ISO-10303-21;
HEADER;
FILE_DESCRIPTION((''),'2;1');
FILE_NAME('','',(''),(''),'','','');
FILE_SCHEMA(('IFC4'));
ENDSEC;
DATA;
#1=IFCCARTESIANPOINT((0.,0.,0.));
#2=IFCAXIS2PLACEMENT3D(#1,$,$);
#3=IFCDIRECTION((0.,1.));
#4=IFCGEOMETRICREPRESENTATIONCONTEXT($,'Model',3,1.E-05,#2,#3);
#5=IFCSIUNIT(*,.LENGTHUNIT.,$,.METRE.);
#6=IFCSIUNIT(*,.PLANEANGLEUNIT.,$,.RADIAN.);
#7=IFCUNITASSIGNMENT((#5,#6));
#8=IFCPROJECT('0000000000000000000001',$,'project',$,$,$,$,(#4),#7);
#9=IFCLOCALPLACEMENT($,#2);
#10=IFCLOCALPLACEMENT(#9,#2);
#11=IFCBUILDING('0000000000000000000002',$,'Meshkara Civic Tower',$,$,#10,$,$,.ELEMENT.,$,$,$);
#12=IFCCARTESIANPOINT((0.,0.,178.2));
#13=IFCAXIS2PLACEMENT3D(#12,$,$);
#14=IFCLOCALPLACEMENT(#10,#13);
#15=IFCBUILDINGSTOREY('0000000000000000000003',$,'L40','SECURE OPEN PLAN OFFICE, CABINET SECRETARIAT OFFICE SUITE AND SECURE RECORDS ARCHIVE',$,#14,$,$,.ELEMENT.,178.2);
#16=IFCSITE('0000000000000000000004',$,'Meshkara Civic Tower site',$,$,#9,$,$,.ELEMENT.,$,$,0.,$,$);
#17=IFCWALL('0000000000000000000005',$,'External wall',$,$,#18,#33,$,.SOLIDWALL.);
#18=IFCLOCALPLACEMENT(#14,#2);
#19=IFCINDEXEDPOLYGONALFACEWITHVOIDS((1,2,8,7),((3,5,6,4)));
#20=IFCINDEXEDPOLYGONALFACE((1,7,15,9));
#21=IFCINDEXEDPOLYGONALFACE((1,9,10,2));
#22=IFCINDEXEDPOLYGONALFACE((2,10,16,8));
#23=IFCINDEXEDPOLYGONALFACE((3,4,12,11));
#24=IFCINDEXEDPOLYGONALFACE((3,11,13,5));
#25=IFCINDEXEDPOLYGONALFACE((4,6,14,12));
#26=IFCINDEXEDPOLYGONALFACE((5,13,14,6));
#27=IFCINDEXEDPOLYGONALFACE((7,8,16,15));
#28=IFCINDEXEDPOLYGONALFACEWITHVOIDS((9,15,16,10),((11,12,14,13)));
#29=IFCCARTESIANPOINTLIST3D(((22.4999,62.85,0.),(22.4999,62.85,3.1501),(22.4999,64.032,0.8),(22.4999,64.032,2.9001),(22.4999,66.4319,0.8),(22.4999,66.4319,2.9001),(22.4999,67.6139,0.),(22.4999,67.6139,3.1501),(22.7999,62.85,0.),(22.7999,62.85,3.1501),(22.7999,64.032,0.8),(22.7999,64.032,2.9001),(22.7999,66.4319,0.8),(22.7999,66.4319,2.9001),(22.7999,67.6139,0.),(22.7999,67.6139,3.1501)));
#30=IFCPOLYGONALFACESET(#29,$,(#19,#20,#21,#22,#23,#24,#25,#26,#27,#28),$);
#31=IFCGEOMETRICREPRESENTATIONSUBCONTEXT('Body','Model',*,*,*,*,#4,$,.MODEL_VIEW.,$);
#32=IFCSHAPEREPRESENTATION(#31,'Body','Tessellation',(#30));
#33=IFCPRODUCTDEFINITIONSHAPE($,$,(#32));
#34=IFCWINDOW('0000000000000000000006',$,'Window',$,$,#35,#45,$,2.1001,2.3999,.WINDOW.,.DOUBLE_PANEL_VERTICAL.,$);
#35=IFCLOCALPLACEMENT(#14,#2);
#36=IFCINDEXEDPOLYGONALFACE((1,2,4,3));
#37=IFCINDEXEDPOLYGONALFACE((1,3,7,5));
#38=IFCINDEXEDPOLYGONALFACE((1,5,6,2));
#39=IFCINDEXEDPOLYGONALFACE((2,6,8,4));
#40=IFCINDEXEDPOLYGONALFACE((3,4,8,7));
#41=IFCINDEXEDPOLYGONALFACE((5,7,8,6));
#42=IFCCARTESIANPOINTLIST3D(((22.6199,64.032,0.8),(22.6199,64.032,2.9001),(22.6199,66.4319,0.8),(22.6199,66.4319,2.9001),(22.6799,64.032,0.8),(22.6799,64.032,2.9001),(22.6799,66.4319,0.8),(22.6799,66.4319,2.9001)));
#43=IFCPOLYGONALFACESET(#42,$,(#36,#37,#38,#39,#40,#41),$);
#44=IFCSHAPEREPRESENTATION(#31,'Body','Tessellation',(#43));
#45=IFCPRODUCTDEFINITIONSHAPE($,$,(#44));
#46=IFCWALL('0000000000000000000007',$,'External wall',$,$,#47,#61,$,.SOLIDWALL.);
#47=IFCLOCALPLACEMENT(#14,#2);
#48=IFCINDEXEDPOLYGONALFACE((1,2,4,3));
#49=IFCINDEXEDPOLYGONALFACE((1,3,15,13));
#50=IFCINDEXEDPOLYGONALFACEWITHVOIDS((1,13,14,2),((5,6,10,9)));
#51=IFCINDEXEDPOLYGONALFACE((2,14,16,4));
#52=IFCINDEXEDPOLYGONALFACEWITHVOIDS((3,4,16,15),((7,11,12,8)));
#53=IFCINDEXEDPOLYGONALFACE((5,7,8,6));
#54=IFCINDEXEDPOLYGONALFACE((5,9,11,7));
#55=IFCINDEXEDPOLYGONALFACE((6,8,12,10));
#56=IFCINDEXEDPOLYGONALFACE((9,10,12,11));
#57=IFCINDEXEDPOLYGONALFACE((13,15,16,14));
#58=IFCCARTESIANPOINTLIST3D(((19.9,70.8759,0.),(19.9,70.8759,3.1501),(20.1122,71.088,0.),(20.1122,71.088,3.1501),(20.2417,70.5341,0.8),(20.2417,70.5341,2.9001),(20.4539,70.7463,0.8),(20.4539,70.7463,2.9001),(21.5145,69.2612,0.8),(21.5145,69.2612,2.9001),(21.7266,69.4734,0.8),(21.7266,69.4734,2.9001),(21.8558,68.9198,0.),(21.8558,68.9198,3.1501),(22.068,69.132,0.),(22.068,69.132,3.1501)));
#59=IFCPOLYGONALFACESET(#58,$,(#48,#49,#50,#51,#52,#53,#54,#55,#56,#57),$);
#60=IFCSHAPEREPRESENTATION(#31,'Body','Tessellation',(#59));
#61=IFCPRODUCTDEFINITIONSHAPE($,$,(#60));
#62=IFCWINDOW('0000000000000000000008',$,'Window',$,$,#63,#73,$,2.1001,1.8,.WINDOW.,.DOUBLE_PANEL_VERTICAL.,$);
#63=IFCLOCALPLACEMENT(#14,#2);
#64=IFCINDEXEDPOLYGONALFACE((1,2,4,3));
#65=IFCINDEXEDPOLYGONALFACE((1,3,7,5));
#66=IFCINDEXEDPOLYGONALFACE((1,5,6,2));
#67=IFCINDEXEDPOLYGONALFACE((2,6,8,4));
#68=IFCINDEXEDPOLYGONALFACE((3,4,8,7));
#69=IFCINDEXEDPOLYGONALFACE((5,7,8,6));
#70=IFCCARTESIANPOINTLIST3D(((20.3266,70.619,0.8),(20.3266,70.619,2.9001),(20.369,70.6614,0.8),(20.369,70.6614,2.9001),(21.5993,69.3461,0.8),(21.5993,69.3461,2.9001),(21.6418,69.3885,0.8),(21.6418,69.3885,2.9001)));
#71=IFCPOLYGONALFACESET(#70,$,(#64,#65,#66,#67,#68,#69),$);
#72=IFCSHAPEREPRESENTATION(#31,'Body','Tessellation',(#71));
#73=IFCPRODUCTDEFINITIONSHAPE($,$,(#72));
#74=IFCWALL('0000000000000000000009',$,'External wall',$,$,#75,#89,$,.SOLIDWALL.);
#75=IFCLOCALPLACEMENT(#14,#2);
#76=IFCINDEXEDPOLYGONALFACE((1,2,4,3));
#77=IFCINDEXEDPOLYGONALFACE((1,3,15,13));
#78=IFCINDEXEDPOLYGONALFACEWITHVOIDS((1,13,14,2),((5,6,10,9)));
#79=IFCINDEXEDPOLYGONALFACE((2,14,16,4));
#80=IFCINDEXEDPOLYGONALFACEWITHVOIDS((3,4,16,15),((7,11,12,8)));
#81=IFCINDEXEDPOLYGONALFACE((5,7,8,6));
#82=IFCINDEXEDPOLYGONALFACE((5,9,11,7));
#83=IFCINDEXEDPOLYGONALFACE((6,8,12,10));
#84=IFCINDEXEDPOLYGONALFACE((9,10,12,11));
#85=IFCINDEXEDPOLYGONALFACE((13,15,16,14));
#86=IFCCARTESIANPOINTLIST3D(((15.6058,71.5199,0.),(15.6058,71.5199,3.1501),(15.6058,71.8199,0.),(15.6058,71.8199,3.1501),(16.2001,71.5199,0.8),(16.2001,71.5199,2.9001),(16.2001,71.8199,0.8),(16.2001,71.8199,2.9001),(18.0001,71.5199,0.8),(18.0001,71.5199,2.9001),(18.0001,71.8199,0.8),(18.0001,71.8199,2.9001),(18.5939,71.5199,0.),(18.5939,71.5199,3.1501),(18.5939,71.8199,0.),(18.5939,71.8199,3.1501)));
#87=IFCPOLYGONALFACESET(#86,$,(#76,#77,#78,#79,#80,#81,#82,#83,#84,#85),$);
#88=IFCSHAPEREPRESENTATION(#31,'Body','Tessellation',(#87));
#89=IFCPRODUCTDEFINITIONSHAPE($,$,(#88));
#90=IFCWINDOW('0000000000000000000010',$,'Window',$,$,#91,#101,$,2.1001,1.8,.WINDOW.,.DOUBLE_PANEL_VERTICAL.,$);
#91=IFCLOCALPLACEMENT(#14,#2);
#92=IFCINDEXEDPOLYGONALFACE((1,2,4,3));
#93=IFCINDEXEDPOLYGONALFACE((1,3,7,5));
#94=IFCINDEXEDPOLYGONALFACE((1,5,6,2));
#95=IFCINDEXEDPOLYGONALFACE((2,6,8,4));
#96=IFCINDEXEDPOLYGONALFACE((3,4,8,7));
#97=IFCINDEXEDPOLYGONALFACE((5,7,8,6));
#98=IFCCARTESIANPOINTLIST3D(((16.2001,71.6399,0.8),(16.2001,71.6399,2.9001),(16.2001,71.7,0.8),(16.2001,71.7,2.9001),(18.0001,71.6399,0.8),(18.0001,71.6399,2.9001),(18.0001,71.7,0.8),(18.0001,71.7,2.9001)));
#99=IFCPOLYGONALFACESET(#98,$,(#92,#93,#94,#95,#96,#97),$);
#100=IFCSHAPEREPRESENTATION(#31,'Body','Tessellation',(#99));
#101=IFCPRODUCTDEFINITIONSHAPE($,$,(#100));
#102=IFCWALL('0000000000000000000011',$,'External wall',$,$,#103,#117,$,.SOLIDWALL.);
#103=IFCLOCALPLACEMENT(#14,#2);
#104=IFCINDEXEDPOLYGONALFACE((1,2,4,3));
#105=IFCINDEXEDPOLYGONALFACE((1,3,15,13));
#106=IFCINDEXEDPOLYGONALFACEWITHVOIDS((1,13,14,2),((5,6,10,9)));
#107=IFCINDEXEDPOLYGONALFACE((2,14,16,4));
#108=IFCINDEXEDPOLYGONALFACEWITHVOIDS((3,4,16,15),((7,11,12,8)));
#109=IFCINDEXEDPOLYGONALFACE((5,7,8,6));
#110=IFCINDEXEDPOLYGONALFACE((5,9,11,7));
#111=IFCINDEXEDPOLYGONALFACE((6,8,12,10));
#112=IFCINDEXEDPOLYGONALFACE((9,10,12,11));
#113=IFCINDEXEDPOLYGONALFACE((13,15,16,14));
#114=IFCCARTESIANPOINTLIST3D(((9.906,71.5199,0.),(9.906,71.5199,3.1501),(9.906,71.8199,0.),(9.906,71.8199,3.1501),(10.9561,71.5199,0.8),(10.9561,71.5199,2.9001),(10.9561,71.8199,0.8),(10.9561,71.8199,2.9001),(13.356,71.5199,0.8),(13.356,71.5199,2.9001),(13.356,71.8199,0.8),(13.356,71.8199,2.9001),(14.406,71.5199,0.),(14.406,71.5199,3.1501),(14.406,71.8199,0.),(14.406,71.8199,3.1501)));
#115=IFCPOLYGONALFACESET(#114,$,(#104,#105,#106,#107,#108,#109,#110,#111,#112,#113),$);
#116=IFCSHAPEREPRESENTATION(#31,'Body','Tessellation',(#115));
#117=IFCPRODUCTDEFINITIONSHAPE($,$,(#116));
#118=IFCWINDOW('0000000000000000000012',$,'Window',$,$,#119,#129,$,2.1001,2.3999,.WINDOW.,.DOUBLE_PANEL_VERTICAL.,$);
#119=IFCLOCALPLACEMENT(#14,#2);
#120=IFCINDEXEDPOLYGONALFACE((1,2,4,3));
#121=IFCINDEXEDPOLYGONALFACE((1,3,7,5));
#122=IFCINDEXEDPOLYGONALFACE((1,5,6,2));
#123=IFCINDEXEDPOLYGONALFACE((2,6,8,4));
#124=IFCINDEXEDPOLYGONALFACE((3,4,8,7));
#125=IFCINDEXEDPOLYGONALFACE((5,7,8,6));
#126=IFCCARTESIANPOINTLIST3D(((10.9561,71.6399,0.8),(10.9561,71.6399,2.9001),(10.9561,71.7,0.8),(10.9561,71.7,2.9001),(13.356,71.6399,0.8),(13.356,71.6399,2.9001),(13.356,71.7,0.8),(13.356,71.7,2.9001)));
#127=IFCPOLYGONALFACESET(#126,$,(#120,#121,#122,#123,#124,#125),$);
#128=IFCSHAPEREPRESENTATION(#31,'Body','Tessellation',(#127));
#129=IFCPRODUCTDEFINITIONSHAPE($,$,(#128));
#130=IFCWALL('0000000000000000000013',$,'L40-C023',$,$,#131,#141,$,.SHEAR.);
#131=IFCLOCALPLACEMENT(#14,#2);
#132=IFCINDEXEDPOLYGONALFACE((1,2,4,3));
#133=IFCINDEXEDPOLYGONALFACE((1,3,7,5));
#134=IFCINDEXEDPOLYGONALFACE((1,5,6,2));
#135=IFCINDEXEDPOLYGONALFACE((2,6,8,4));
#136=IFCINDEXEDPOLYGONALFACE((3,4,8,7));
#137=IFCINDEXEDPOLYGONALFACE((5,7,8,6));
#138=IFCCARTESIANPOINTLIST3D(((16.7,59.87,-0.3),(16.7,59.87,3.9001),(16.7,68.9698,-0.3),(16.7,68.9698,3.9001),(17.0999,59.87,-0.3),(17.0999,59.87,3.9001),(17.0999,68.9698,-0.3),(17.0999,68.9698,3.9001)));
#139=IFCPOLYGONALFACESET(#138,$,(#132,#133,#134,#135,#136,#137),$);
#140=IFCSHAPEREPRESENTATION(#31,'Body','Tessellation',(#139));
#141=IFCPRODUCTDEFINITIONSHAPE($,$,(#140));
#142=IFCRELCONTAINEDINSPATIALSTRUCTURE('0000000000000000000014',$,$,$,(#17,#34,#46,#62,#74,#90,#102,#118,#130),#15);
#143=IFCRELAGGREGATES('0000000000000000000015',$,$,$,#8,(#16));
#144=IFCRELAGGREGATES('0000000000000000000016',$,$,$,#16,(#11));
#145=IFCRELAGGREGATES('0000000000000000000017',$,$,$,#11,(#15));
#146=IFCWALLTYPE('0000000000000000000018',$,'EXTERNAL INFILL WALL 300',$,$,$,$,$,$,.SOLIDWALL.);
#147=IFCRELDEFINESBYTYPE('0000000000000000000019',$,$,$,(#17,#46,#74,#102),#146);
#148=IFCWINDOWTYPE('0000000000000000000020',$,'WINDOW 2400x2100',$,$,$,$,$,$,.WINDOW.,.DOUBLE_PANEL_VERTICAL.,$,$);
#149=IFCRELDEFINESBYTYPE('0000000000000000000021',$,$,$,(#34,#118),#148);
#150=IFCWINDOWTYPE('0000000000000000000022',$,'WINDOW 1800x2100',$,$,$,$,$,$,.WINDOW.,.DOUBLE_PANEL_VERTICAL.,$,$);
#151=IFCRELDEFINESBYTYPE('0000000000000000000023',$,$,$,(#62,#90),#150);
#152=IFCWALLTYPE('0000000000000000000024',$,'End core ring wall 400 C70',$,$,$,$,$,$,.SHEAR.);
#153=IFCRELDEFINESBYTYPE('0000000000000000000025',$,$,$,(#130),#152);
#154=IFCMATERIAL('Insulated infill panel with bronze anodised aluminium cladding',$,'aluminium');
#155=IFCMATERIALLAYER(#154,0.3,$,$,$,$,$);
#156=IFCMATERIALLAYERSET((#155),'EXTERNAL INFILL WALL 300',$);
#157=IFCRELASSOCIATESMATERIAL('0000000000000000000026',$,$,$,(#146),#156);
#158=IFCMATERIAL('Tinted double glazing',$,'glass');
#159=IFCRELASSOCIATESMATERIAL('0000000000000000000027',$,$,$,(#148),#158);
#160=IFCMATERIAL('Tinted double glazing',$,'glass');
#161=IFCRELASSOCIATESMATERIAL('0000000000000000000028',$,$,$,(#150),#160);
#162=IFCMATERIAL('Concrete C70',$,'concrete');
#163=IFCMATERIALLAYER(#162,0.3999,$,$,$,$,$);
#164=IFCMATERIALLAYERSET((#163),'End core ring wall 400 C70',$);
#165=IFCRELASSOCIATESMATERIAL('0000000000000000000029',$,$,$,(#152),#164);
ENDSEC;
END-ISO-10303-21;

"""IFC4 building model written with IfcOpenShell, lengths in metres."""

from ifc_helpers import new_model, si_unit, direction, frame, frame_2d, origin, place, context, subcontext, project, spatial, rectangle, extrude, material, layer, layer_set, type_object, element, fill, save


model = new_model("IFC4")

# Units and contexts
model_context = context("Model", 3, precision=1e-05, world=origin(), true_north=direction((0.0, 1.0)))
body_context = subcontext(model_context, "Body", "Model", "MODEL_VIEW")
ifc_project = project(units=[si_unit("LENGTHUNIT", "METRE"), si_unit("PLANEANGLEUNIT", "RADIAN")], contexts=[model_context])

# Site, building, storey
site_placement = place(None, origin())
site = spatial("IfcSite", under=ifc_project, at=site_placement, Name="Meshkara Civic Tower site", CompositionType="ELEMENT", RefElevation=0.0)
building_placement = place(site_placement, origin())
building = spatial("IfcBuilding", under=site, at=building_placement, Name="Meshkara Civic Tower", CompositionType="ELEMENT")
storey_placement = place(building_placement, frame((0.0, 0.0, 178.2)))
storey = spatial("IfcBuildingStorey", under=building, at=storey_placement, Name="L40", Description="SECURE OPEN PLAN OFFICE, CABINET SECRETARIAT OFFICE SUITE AND SECURE RECORDS ARCHIVE", CompositionType="ELEMENT", Elevation=178.2)

# Walls, openings, windows
ifc_material_1 = material(Name="Insulated infill panel with bronze anodised aluminium cladding", Category="aluminium")
ifc_layer_1 = layer(ifc_material_1, 0.3)
ifc_layer_set_1 = layer_set([ifc_layer_1], Name="EXTERNAL INFILL WALL 300")
wall_type_1 = type_object("IfcWallType", Name="EXTERNAL INFILL WALL 300", PredefinedType="SOLIDWALL", material=ifc_layer_set_1)
wall_1_placement = place(storey_placement, frame((22.6499, 62.8501, 0.0), z_axis=(0.0, 0.0, 1.0), x_axis=(0.0, 1.0, 0.0)))
wall_1 = element("IfcWall", 1, at=wall_1_placement, inside=storey, type_object=wall_type_1, Name="External wall", PredefinedType="SOLIDWALL", context=body_context, shape_type="SweptSolid", body=[
    extrude(rectangle(XDim=4.7639, YDim=0.3, at=frame_2d((2.3818, 0.0))), origin(), (0.0, 0.0, 1.0), 3.1501),
])
opening_1_placement = place(wall_1_placement, frame((1.1819, 0.0, 0.8)))
opening_1 = element("IfcOpeningElement", 2, at=opening_1_placement, cuts=wall_1, PredefinedType="OPENING", context=body_context, shape_type="SweptSolid", body=[
    extrude(rectangle(XDim=2.3999, YDim=2.1001, at=frame_2d((1.2, 1.05))), frame((0.0, 0.1599, 0.0), z_axis=(0.0, -1.0, 0.0), x_axis=(1.0, 0.0, 0.0)), (0.0, 0.0, 1.0), 0.3201),
])
ifc_material_2 = material(Name="Tinted double glazing", Category="glass")
window_type_1 = type_object("IfcWindowType", Name="WINDOW 2400x2100", PartitioningType="DOUBLE_PANEL_VERTICAL", PredefinedType="WINDOW", material=ifc_material_2)
window_1_placement = place(opening_1_placement, origin())
window_1 = element("IfcWindow", 3, at=window_1_placement, inside=storey, type_object=window_type_1, Name="Window", OverallHeight=2.1001, OverallWidth=2.3999, PartitioningType="DOUBLE_PANEL_VERTICAL", PredefinedType="WINDOW", context=body_context, shape_type="SweptSolid", body=[
    extrude(rectangle(XDim=2.3999, YDim=2.1001, at=frame_2d((1.2, 1.05))), frame((0.0, 0.03, 0.0), z_axis=(0.0, -1.0, 0.0), x_axis=(1.0, 0.0, 0.0)), (0.0, 0.0, 1.0), 0.0601),
])
fill(opening_1, window_1)
wall_2_placement = place(storey_placement, frame((21.9619, 69.0259, 0.0), z_axis=(0.0, 0.0, 1.0), x_axis=(-0.707063, 0.707151, 0.0)))
wall_2 = element("IfcWall", 4, at=wall_2_placement, inside=storey, type_object=wall_type_1, Name="External wall", PredefinedType="SOLIDWALL", context=body_context, shape_type="SweptSolid", body=[
    extrude(rectangle(XDim=2.7661, YDim=0.3, at=frame_2d((1.3831, 0.0))), origin(), (0.0, 0.0, 1.0), 3.1501),
])
opening_2_placement = place(wall_2_placement, frame((0.4829, 0.0, 0.8)))
opening_2 = element("IfcOpeningElement", 5, at=opening_2_placement, cuts=wall_2, PredefinedType="OPENING", context=body_context, shape_type="SweptSolid", body=[
    extrude(rectangle(XDim=1.8, YDim=2.1001, at=frame_2d((0.8999, 1.05))), frame((0.0, 0.1599, 0.0), z_axis=(0.0, -1.0, 0.0), x_axis=(1.0, 0.0, 0.0)), (0.0, 0.0, 1.0), 0.3201),
])
ifc_material_3 = material(Name="Tinted double glazing", Category="glass")
window_type_2 = type_object("IfcWindowType", Name="WINDOW 1800x2100", PartitioningType="DOUBLE_PANEL_VERTICAL", PredefinedType="WINDOW", material=ifc_material_3)
window_2_placement = place(opening_2_placement, origin())
window_2 = element("IfcWindow", 6, at=window_2_placement, inside=storey, type_object=window_type_2, Name="Window", OverallHeight=2.1001, OverallWidth=1.8, PartitioningType="DOUBLE_PANEL_VERTICAL", PredefinedType="WINDOW", context=body_context, shape_type="SweptSolid", body=[
    extrude(rectangle(XDim=1.8, YDim=2.1001, at=frame_2d((0.8999, 1.05))), frame((0.0, 0.03, 0.0), z_axis=(0.0, -1.0, 0.0), x_axis=(1.0, 0.0, 0.0)), (0.0, 0.0, 1.0), 0.0601),
])
fill(opening_2, window_2)
wall_3_placement = place(storey_placement, frame((18.594, 71.6699, 0.0), z_axis=(0.0, 0.0, 1.0), x_axis=(-1.0, 0.0, 0.0)))
wall_3 = element("IfcWall", 7, at=wall_3_placement, inside=storey, type_object=wall_type_1, Name="External wall", PredefinedType="SOLIDWALL", context=body_context, shape_type="SweptSolid", body=[
    extrude(rectangle(XDim=2.988, YDim=0.3, at=frame_2d((1.4941, 0.0))), origin(), (0.0, 0.0, 1.0), 3.1501),
])
opening_3_placement = place(wall_3_placement, frame((0.594, 0.0, 0.8)))
opening_3 = element("IfcOpeningElement", 8, at=opening_3_placement, cuts=wall_3, PredefinedType="OPENING", context=body_context, shape_type="SweptSolid", body=[
    extrude(rectangle(XDim=1.8, YDim=2.1001, at=frame_2d((0.8999, 1.05))), frame((0.0, 0.1599, 0.0), z_axis=(0.0, -1.0, 0.0), x_axis=(1.0, 0.0, 0.0)), (0.0, 0.0, 1.0), 0.3201),
])
window_3_placement = place(opening_3_placement, origin())
window_3 = element("IfcWindow", 9, at=window_3_placement, inside=storey, type_object=window_type_2, Name="Window", OverallHeight=2.1001, OverallWidth=1.8, PartitioningType="DOUBLE_PANEL_VERTICAL", PredefinedType="WINDOW", context=body_context, shape_type="SweptSolid", body=[
    extrude(rectangle(XDim=1.8, YDim=2.1001, at=frame_2d((0.8999, 1.05))), frame((0.0, 0.03, 0.0), z_axis=(0.0, -1.0, 0.0), x_axis=(1.0, 0.0, 0.0)), (0.0, 0.0, 1.0), 0.0601),
])
fill(opening_3, window_3)
wall_4_placement = place(storey_placement, frame((14.406, 71.6699, 0.0), z_axis=(0.0, 0.0, 1.0), x_axis=(-1.0, 0.0, 0.0)))
wall_4 = element("IfcWall", 10, at=wall_4_placement, inside=storey, type_object=wall_type_1, Name="External wall", PredefinedType="SOLIDWALL", context=body_context, shape_type="SweptSolid", body=[
    extrude(rectangle(XDim=4.5, YDim=0.3, at=frame_2d((2.25, 0.0))), origin(), (0.0, 0.0, 1.0), 3.1501),
])
opening_4_placement = place(wall_4_placement, frame((1.05, 0.0, 0.8)))
opening_4 = element("IfcOpeningElement", 11, at=opening_4_placement, cuts=wall_4, PredefinedType="OPENING", context=body_context, shape_type="SweptSolid", body=[
    extrude(rectangle(XDim=2.3999, YDim=2.1001, at=frame_2d((1.2, 1.05))), frame((0.0, 0.1599, 0.0), z_axis=(0.0, -1.0, 0.0), x_axis=(1.0, 0.0, 0.0)), (0.0, 0.0, 1.0), 0.3201),
])
window_4_placement = place(opening_4_placement, origin())
window_4 = element("IfcWindow", 12, at=window_4_placement, inside=storey, type_object=window_type_1, Name="Window", OverallHeight=2.1001, OverallWidth=2.3999, PartitioningType="DOUBLE_PANEL_VERTICAL", PredefinedType="WINDOW", context=body_context, shape_type="SweptSolid", body=[
    extrude(rectangle(XDim=2.3999, YDim=2.1001, at=frame_2d((1.2, 1.05))), frame((0.0, 0.03, 0.0), z_axis=(0.0, -1.0, 0.0), x_axis=(1.0, 0.0, 0.0)), (0.0, 0.0, 1.0), 0.0601),
])
fill(opening_4, window_4)

# Wall
ifc_material_4 = material(Name="Concrete C70", Category="concrete")
ifc_layer_2 = layer(ifc_material_4, 0.3999)
ifc_layer_set_2 = layer_set([ifc_layer_2], Name="End core ring wall 400 C70")
wall_type_2 = type_object("IfcWallType", Name="End core ring wall 400 C70", PredefinedType="SHEAR", material=ifc_layer_set_2)
wall_5_placement = place(storey_placement, frame((16.8999, 59.8701, -0.3), z_axis=(0.0, 0.0, 1.0), x_axis=(0.0, 1.0, 0.0)))
element("IfcWall", 13, at=wall_5_placement, inside=storey, type_object=wall_type_2, Name="L40-C023", PredefinedType="SHEAR", context=body_context, shape_type="SweptSolid", body=[
    extrude(rectangle(XDim=9.0999, YDim=0.3999, at=frame_2d((4.5498, 0.0))), origin(), (0.0, 0.0, 1.0), 4.2002),
])

save(model, "model.ifc")
